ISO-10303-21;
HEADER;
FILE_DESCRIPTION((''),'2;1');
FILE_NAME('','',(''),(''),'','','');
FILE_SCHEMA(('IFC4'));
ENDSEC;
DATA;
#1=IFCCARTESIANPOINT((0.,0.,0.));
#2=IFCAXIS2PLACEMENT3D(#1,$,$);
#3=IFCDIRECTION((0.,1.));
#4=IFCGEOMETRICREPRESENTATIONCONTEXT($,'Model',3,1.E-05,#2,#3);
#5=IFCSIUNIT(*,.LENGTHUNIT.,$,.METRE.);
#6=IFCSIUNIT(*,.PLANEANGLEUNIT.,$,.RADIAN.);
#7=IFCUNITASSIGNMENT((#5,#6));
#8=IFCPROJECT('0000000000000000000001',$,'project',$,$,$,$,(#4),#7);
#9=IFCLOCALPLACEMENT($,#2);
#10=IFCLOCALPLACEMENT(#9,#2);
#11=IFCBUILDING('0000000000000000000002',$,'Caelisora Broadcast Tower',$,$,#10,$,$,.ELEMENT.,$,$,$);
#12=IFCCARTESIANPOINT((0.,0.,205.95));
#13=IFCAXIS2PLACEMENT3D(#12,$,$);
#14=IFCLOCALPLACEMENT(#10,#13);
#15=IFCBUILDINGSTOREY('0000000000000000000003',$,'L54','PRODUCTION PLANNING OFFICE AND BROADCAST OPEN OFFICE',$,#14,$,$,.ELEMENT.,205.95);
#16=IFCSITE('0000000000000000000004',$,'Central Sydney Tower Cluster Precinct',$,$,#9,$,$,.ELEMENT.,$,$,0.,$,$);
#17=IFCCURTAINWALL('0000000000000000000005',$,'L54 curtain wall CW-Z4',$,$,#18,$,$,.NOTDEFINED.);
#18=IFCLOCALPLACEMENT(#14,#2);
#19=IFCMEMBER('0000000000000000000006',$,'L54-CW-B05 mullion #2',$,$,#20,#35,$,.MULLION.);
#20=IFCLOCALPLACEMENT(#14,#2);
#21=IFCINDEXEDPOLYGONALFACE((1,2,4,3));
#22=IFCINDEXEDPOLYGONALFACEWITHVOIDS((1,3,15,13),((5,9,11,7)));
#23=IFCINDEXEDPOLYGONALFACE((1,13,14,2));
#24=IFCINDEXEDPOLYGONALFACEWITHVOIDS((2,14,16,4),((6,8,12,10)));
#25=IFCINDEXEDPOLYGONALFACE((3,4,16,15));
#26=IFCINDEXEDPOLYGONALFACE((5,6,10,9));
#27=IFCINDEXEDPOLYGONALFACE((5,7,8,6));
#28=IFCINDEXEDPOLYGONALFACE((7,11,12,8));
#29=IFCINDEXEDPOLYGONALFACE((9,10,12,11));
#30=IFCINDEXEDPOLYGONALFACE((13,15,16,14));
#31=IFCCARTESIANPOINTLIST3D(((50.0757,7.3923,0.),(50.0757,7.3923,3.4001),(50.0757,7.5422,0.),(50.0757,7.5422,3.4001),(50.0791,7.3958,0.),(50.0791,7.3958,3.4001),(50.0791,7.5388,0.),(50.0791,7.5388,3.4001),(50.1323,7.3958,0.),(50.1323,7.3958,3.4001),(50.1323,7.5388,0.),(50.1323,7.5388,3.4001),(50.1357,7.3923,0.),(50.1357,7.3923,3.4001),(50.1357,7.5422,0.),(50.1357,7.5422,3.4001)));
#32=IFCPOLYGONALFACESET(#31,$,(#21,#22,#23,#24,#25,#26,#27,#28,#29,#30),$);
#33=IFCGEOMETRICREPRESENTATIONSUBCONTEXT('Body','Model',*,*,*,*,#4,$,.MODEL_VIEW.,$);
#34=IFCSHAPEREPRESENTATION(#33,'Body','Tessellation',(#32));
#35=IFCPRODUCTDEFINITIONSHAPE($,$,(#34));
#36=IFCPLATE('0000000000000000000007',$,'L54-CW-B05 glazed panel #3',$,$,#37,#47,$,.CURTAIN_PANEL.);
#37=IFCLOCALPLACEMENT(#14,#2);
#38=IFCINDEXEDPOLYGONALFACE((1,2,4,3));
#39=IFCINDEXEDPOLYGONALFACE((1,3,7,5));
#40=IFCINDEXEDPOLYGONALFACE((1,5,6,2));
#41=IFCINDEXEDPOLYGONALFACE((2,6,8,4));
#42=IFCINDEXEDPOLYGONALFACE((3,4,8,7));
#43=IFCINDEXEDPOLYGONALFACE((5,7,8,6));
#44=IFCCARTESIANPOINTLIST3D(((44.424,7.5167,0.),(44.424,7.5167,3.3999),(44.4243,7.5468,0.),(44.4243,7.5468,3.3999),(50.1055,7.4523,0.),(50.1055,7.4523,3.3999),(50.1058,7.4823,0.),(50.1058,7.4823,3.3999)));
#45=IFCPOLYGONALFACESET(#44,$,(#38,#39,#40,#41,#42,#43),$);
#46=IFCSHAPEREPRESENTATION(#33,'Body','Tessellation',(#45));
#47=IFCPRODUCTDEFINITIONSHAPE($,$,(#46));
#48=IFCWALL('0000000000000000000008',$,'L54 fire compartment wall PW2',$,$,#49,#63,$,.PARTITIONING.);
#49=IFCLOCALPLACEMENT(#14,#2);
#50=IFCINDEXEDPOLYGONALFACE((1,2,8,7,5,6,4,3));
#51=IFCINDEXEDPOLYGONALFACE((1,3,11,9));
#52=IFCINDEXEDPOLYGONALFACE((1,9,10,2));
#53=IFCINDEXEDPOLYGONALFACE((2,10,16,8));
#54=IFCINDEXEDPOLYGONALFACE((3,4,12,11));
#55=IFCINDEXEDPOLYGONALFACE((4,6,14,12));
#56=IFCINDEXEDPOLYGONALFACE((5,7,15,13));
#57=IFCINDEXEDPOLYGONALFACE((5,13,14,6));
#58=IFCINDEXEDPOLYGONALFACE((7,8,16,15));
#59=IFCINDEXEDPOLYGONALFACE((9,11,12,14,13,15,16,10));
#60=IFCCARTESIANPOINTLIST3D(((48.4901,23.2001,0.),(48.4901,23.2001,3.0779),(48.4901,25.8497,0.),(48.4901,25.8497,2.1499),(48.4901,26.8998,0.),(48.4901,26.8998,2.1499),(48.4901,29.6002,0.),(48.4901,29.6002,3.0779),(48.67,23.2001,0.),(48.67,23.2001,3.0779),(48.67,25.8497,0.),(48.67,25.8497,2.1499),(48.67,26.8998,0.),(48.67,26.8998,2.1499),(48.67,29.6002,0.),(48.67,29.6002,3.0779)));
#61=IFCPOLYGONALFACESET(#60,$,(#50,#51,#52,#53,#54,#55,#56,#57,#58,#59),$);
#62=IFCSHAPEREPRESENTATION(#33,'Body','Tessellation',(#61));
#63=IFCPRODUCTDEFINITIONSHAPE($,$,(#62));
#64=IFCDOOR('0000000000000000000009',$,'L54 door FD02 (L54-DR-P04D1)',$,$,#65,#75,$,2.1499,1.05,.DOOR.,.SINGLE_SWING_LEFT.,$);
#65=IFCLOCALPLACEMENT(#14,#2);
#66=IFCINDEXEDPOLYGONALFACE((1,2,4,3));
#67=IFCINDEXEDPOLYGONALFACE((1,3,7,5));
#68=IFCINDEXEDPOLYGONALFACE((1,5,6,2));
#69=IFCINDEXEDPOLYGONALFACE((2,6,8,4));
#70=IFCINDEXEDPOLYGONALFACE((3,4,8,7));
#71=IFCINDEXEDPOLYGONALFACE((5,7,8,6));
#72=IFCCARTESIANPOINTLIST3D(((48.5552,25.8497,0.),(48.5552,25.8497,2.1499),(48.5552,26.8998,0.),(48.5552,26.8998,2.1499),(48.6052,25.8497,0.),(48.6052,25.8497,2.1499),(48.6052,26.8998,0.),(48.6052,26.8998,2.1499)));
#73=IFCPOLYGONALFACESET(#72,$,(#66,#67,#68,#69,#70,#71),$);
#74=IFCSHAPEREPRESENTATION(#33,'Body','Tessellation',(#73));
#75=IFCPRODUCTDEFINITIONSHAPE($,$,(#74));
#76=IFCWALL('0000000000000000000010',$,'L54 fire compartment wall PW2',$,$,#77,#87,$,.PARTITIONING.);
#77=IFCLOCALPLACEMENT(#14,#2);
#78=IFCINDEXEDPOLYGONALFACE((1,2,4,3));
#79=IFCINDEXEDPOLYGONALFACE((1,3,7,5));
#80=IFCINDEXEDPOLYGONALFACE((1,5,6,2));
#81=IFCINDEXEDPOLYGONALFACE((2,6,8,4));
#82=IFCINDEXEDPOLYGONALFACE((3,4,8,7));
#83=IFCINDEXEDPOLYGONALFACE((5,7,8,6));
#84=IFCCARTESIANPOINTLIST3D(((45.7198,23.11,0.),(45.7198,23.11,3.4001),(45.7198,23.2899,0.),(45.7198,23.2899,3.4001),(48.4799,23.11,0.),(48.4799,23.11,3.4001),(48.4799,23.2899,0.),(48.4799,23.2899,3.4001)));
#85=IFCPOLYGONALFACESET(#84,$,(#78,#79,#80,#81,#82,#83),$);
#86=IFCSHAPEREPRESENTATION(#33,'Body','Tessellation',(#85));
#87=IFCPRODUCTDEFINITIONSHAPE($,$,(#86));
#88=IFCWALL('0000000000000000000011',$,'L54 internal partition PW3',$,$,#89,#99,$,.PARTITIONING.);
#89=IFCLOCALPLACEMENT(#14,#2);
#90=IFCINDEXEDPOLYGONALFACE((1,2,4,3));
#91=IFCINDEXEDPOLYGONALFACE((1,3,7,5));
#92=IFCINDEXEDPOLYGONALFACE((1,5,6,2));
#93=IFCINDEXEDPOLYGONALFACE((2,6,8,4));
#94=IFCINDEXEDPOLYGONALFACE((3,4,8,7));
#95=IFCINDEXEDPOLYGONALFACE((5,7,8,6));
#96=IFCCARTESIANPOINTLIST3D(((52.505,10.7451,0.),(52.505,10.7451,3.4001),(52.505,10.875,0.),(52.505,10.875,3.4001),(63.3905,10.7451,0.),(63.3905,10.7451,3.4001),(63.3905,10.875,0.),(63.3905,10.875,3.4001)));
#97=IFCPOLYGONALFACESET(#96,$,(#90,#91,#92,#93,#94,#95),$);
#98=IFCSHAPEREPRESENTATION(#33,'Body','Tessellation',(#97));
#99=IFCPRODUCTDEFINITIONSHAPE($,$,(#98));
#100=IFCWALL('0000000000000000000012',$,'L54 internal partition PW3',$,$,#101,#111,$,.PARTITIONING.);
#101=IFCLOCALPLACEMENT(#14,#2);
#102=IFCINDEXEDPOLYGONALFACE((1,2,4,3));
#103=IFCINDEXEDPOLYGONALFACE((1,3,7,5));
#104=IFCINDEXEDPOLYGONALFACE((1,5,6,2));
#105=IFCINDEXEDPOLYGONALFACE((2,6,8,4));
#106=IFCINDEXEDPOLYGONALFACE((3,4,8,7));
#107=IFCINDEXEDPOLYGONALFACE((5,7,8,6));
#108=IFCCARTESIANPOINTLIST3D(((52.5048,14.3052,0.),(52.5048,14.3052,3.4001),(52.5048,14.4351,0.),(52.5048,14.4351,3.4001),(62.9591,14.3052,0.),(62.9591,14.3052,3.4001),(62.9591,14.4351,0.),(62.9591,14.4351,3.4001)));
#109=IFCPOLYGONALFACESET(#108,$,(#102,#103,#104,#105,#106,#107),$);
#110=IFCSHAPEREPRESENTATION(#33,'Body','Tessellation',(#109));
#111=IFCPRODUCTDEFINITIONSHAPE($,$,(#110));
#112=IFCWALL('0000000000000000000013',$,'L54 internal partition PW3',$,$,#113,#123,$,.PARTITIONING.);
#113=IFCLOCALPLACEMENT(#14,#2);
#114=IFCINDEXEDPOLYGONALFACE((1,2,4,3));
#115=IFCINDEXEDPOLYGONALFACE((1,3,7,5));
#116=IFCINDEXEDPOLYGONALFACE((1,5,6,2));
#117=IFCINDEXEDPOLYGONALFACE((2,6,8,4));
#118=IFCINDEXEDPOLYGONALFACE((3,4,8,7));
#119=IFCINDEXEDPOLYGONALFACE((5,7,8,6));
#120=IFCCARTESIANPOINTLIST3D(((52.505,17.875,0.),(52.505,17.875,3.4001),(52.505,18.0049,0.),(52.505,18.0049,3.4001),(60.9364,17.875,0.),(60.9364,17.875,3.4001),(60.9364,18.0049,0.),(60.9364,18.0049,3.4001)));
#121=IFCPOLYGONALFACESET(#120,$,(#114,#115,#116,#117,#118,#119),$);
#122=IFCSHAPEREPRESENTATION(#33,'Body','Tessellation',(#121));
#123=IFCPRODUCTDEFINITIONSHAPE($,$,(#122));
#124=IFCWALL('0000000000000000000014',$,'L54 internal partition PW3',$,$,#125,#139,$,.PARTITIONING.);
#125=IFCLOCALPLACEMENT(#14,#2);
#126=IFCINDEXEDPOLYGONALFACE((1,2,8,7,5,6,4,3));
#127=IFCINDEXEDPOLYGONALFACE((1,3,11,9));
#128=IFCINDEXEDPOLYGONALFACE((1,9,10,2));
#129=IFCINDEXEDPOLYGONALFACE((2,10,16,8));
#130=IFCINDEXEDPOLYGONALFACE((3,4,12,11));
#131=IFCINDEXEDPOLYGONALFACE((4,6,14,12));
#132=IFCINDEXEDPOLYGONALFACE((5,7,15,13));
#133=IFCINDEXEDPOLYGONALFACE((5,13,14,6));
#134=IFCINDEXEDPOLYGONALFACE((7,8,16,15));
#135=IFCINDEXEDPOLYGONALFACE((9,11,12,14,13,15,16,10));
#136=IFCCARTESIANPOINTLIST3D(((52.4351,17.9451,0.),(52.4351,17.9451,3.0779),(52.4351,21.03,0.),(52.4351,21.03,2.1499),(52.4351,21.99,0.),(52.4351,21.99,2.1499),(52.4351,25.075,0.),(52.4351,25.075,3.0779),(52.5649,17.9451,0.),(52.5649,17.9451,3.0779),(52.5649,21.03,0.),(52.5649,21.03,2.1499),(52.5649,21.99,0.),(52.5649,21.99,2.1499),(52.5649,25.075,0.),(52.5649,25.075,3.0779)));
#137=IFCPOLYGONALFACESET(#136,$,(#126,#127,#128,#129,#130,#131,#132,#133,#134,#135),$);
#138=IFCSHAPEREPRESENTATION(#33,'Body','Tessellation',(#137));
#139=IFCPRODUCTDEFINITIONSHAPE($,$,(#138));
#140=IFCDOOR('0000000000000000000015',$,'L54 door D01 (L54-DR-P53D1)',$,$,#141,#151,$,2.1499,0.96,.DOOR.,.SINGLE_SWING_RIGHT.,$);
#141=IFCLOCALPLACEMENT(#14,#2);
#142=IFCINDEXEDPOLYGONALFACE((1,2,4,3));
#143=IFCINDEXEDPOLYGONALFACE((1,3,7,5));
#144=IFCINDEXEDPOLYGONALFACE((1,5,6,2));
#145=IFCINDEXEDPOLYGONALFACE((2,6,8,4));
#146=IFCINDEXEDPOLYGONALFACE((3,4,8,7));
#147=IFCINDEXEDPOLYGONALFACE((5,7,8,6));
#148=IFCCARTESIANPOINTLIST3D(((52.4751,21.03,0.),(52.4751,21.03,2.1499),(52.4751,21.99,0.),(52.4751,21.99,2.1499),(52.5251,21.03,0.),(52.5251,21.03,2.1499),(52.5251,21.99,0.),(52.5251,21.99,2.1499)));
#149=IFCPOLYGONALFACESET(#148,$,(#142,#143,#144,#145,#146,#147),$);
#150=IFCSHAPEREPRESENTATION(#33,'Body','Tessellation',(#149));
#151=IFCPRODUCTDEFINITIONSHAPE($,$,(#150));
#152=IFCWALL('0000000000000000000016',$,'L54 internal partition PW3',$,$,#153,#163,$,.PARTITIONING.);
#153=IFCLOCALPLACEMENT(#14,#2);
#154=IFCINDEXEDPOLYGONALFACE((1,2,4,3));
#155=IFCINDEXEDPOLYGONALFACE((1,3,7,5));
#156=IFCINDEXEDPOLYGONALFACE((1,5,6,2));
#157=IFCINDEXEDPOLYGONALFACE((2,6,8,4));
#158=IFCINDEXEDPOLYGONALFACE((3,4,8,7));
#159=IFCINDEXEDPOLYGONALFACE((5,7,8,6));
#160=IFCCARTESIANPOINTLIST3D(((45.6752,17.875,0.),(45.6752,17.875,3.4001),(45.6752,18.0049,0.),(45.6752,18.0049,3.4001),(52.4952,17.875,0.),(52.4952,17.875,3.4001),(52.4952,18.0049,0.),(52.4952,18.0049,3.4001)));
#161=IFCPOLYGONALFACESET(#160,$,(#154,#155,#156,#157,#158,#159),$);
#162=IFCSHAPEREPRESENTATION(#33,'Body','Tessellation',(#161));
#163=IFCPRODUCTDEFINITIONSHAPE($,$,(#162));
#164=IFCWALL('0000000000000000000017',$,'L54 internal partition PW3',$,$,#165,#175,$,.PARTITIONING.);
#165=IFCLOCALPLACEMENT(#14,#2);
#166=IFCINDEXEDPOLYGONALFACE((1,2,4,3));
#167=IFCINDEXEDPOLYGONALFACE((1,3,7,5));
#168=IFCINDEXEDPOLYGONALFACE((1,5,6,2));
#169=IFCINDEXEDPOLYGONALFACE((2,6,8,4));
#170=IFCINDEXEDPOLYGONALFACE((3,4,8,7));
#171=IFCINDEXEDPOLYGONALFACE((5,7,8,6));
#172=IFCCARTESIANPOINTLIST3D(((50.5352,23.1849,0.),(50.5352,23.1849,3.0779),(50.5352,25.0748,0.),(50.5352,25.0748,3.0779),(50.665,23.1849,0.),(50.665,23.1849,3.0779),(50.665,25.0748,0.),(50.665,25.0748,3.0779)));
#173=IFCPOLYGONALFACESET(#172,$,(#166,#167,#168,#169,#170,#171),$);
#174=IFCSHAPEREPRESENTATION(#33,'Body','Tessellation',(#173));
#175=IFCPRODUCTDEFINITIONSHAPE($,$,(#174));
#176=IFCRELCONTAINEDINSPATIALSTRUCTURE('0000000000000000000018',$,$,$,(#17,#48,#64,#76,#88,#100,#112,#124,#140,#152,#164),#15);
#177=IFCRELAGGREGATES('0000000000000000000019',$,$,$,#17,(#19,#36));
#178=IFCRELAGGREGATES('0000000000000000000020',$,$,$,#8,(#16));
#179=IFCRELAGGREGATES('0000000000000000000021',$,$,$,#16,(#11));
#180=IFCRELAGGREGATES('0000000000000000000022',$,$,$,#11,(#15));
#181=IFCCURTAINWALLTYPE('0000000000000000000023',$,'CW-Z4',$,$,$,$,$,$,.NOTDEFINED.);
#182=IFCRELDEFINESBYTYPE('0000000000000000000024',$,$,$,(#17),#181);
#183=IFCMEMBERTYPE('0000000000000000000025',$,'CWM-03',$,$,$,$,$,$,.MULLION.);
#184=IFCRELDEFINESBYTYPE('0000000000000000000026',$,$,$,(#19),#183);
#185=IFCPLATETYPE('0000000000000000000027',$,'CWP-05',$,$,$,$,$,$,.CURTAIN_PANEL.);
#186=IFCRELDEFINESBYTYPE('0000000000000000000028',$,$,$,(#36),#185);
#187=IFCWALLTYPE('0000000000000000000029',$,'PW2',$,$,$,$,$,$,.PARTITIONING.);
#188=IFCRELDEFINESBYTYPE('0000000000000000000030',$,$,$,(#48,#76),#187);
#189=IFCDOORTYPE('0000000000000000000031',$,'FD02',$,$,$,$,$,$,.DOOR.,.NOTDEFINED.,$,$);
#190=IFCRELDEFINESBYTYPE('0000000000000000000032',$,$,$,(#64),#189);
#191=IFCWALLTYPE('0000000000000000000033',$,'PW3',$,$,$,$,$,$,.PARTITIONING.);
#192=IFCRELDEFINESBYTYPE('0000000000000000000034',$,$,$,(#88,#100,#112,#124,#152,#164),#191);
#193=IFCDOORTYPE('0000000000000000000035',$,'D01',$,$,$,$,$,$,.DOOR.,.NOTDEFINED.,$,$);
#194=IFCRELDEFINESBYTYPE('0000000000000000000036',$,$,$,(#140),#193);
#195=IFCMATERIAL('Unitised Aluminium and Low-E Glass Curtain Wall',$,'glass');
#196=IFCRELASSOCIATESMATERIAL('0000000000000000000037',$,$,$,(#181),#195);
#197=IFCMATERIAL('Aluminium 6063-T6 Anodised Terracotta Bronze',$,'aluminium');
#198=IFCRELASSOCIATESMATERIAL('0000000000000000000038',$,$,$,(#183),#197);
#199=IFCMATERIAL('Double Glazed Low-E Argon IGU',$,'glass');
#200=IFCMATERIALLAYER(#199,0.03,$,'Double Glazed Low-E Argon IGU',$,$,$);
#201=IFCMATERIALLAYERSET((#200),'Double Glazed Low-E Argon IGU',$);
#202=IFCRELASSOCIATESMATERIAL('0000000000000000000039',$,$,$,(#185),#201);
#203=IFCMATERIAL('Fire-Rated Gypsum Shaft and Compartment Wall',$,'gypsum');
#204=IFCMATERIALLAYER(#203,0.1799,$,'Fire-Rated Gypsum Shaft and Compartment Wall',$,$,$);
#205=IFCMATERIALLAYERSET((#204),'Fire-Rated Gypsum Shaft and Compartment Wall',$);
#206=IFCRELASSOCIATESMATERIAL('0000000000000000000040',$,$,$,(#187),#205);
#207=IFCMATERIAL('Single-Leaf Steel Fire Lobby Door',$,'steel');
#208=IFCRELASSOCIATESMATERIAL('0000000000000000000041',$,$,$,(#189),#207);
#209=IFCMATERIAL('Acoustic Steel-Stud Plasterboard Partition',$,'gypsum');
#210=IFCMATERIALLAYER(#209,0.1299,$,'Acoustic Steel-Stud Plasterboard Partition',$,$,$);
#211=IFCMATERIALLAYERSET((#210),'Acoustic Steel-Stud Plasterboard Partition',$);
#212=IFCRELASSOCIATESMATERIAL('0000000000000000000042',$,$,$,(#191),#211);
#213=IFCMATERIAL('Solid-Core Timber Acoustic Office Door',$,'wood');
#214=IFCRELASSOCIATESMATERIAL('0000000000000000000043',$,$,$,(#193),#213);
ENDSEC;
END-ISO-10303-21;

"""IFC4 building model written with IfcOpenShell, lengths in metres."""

from ifc_helpers import new_model, si_unit, direction, frame, frame_2d, origin, origin_2d, place, context, subcontext, project, spatial, rectangle, hollow_rectangle, extrude, source, transform, mapped, material, layer, layer_set, material_profile, profile_set, type_object, type_shapes, element, fill, aggregate, save


model = new_model("IFC4")

# Units and contexts
model_context = context("Model", 3, precision=1e-05, world=origin(), true_north=direction((0.0, 1.0)))
body_context = subcontext(model_context, "Body", "Model", "MODEL_VIEW")
ifc_project = project(units=[si_unit("LENGTHUNIT", "METRE"), si_unit("PLANEANGLEUNIT", "RADIAN")], contexts=[model_context])

# Site, building, storey
site_placement = place(None, origin())
site = spatial("IfcSite", under=ifc_project, at=site_placement, Name="Central Sydney Tower Cluster Precinct", CompositionType="ELEMENT", RefElevation=0.0)
building_placement = place(site_placement, origin())
building = spatial("IfcBuilding", under=site, at=building_placement, Name="Caelisora Broadcast Tower", CompositionType="ELEMENT")
storey_placement = place(building_placement, frame((0.0, 0.0, 205.95)))
storey = spatial("IfcBuildingStorey", under=building, at=storey_placement, Name="L54", Description="PRODUCTION PLANNING OFFICE AND BROADCAST OPEN OFFICE", CompositionType="ELEMENT", Elevation=205.95)

# Curtain wall, member, plate
ifc_material_1 = material(Name="Unitised Aluminium and Low-E Glass Curtain Wall", Category="glass")
curtain_wall_type = type_object("IfcCurtainWallType", Name="CW-Z4", PredefinedType="NOTDEFINED", material=ifc_material_1)
curtain_wall_placement = place(storey_placement, origin())
curtain_wall = element("IfcCurtainWall", 1, at=curtain_wall_placement, inside=storey, type_object=curtain_wall_type, Name="L54 curtain wall CW-Z4", PredefinedType="NOTDEFINED")
ifc_material_2 = material(Name="Aluminium 6063-T6 Anodised Terracotta Bronze", Category="aluminium")
ifc_material_profile_1 = material_profile(ifc_material_2, hollow_rectangle(XDim=0.0601, YDim=0.1499, WallThickness=0.0034, at=origin_2d()), Name="Aluminium 6063-T6 Anodised Terracotta Bronze")
ifc_profile_set_1 = profile_set([ifc_material_profile_1], Name="Aluminium 6063-T6 Anodised Terracotta Bronze")
member_type = type_object("IfcMemberType", Name="CWM-03", PredefinedType="MULLION", material=ifc_profile_set_1)
shared_shape_1 = source(origin(), body_context, "Body", "SweptSolid", [
    extrude(hollow_rectangle(XDim=0.0601, YDim=0.1499, WallThickness=0.0034, at=origin_2d()), origin(), (0.0, 0.0, 1.0), 3.4001),
])
type_shapes(member_type, [shared_shape_1])
member_placement = place(storey_placement, frame((50.1057, 7.4673, 0.0), z_axis=(0.0, 0.0, 1.0), x_axis=(1.0, 0.0, 0.0)))
member = element("IfcMember", 2, at=member_placement, type_object=member_type, Name="L54-CW-B05 mullion #2", PredefinedType="MULLION", context=body_context, shape_type="MappedRepresentation", body=[
    mapped(shared_shape_1, transform((0.0, 0.0, 0.0), scale=1.0)),
])
ifc_material_3 = material(Name="Double Glazed Low-E Argon IGU", Category="glass")
ifc_layer_1 = layer(ifc_material_3, 0.03, Name="Double Glazed Low-E Argon IGU")
ifc_layer_set_1 = layer_set([ifc_layer_1], Name="Double Glazed Low-E Argon IGU")
plate_type = type_object("IfcPlateType", Name="CWP-05", PredefinedType="CURTAIN_PANEL", material=ifc_layer_set_1)
shared_shape_2 = source(origin(), body_context, "Body", "SweptSolid", [
    extrude(rectangle(XDim=5.6819, YDim=0.03, at=origin_2d()), origin(), (0.0, 0.0, 1.0), 3.3999),
])
type_shapes(plate_type, [shared_shape_2])
plate_placement = place(storey_placement, frame((47.2649, 7.4995, 0.0), z_axis=(0.0, 0.0, 1.0), x_axis=(-0.999936, 0.011344, 0.0)))
plate = element("IfcPlate", 3, at=plate_placement, type_object=plate_type, Name="L54-CW-B05 glazed panel #3", PredefinedType="CURTAIN_PANEL", context=body_context, shape_type="MappedRepresentation", body=[
    mapped(shared_shape_2, transform((0.0, 0.0, 0.0), scale=1.0)),
])
aggregate(curtain_wall, [member, plate])

# Wall, opening, door
ifc_material_4 = material(Name="Fire-Rated Gypsum Shaft and Compartment Wall", Category="gypsum")
ifc_layer_2 = layer(ifc_material_4, 0.1799, Name="Fire-Rated Gypsum Shaft and Compartment Wall")
ifc_layer_set_2 = layer_set([ifc_layer_2], Name="Fire-Rated Gypsum Shaft and Compartment Wall")
wall_type_1 = type_object("IfcWallType", Name="PW2", PredefinedType="PARTITIONING", material=ifc_layer_set_2)
wall_1_placement = place(storey_placement, frame((48.5801, 23.2, 0.0), z_axis=(0.0, 0.0, 1.0), x_axis=(0.0, 1.0, 0.0)))
wall_1 = element("IfcWall", 4, at=wall_1_placement, inside=storey, type_object=wall_type_1, Name="L54 fire compartment wall PW2", PredefinedType="PARTITIONING", context=body_context, shape_type="SweptSolid", body=[
    extrude(rectangle(XDim=6.4001, YDim=0.1799, at=frame_2d((3.2002, 0.0))), origin(), (0.0, 0.0, 1.0), 3.0779),
])
opening_1_placement = place(wall_1_placement, frame((2.6499, 0.0, 0.0)))
opening_1 = element("IfcOpeningElement", 5, at=opening_1_placement, cuts=wall_1, PredefinedType="OPENING", context=body_context, shape_type="SweptSolid", body=[
    extrude(rectangle(XDim=1.05, YDim=2.1499, at=frame_2d((0.5249, 1.075))), frame((0.0, 0.1021, 0.0), z_axis=(0.0, -1.0, 0.0), x_axis=(1.0, 0.0, 0.0)), (0.0, 0.0, 1.0), 0.2039),
])
ifc_material_5 = material(Name="Single-Leaf Steel Fire Lobby Door", Category="steel")
door_type_1 = type_object("IfcDoorType", Name="FD02", OperationType="NOTDEFINED", PredefinedType="DOOR", material=ifc_material_5)
door_1_placement = place(opening_1_placement, origin())
door_1 = element("IfcDoor", 6, at=door_1_placement, inside=storey, type_object=door_type_1, Name="L54 door FD02 (L54-DR-P04D1)", OperationType="SINGLE_SWING_LEFT", OverallHeight=2.1499, OverallWidth=1.05, PredefinedType="DOOR", context=body_context, shape_type="SweptSolid", body=[
    extrude(rectangle(XDim=1.05, YDim=2.1499, at=frame_2d((0.5249, 1.075))), frame((0.0, 0.0249, 0.0), z_axis=(0.0, -1.0, 0.0), x_axis=(1.0, 0.0, 0.0)), (0.0, 0.0, 1.0), 0.05),
])
fill(opening_1, door_1)

# Walls
wall_2_placement = place(storey_placement, frame((45.72, 23.2, 0.0), z_axis=(0.0, 0.0, 1.0), x_axis=(1.0, 0.0, 0.0)))
element("IfcWall", 7, at=wall_2_placement, inside=storey, type_object=wall_type_1, Name="L54 fire compartment wall PW2", PredefinedType="PARTITIONING", context=body_context, shape_type="SweptSolid", body=[
    extrude(rectangle(XDim=2.76, YDim=0.1799, at=frame_2d((1.3799, 0.0))), origin(), (0.0, 0.0, 1.0), 3.4001),
])
ifc_material_6 = material(Name="Acoustic Steel-Stud Plasterboard Partition", Category="gypsum")
ifc_layer_3 = layer(ifc_material_6, 0.1299, Name="Acoustic Steel-Stud Plasterboard Partition")
ifc_layer_set_3 = layer_set([ifc_layer_3], Name="Acoustic Steel-Stud Plasterboard Partition")
wall_type_2 = type_object("IfcWallType", Name="PW3", PredefinedType="PARTITIONING", material=ifc_layer_set_3)
wall_3_placement = place(storey_placement, frame((52.5049, 10.8101, 0.0), z_axis=(0.0, 0.0, 1.0), x_axis=(1.0, 0.0, 0.0)))
element("IfcWall", 8, at=wall_3_placement, inside=storey, type_object=wall_type_2, Name="L54 internal partition PW3", PredefinedType="PARTITIONING", context=body_context, shape_type="SweptSolid", body=[
    extrude(rectangle(XDim=10.8855, YDim=0.1299, at=frame_2d((5.4429, 0.0))), origin(), (0.0, 0.0, 1.0), 3.4001),
])
wall_4_placement = place(storey_placement, frame((52.5049, 14.3701, 0.0), z_axis=(0.0, 0.0, 1.0), x_axis=(1.0, 0.0, 0.0)))
element("IfcWall", 9, at=wall_4_placement, inside=storey, type_object=wall_type_2, Name="L54 internal partition PW3", PredefinedType="PARTITIONING", context=body_context, shape_type="SweptSolid", body=[
    extrude(rectangle(XDim=10.4543, YDim=0.1299, at=frame_2d((5.2271, 0.0))), origin(), (0.0, 0.0, 1.0), 3.4001),
])
wall_5_placement = place(storey_placement, frame((52.5049, 17.9399, 0.0), z_axis=(0.0, 0.0, 1.0), x_axis=(1.0, 0.0, 0.0)))
element("IfcWall", 10, at=wall_5_placement, inside=storey, type_object=wall_type_2, Name="L54 internal partition PW3", PredefinedType="PARTITIONING", context=body_context, shape_type="SweptSolid", body=[
    extrude(rectangle(XDim=8.4314, YDim=0.1299, at=frame_2d((4.2158, 0.0))), origin(), (0.0, 0.0, 1.0), 3.4001),
])

# Wall, opening, door
wall_6_placement = place(storey_placement, frame((52.5, 17.9451, 0.0), z_axis=(0.0, 0.0, 1.0), x_axis=(0.0, 1.0, 0.0)))
wall_6 = element("IfcWall", 11, at=wall_6_placement, inside=storey, type_object=wall_type_2, Name="L54 internal partition PW3", PredefinedType="PARTITIONING", context=body_context, shape_type="SweptSolid", body=[
    extrude(rectangle(XDim=7.1299, YDim=0.1299, at=frame_2d((3.5649, 0.0))), origin(), (0.0, 0.0, 1.0), 3.0779),
])
opening_2_placement = place(wall_6_placement, frame((3.085, 0.0, 0.0)))
opening_2 = element("IfcOpeningElement", 12, at=opening_2_placement, cuts=wall_6, PredefinedType="OPENING", context=body_context, shape_type="SweptSolid", body=[
    extrude(rectangle(XDim=0.96, YDim=2.1499, at=frame_2d((0.48, 1.075))), frame((0.0, 0.0769, 0.0), z_axis=(0.0, -1.0, 0.0), x_axis=(1.0, 0.0, 0.0)), (0.0, 0.0, 1.0), 0.1538),
])
ifc_material_7 = material(Name="Solid-Core Timber Acoustic Office Door", Category="wood")
door_type_2 = type_object("IfcDoorType", Name="D01", OperationType="NOTDEFINED", PredefinedType="DOOR", material=ifc_material_7)
door_2_placement = place(opening_2_placement, origin())
door_2 = element("IfcDoor", 13, at=door_2_placement, inside=storey, type_object=door_type_2, Name="L54 door D01 (L54-DR-P53D1)", OperationType="SINGLE_SWING_RIGHT", OverallHeight=2.1499, OverallWidth=0.96, PredefinedType="DOOR", context=body_context, shape_type="SweptSolid", body=[
    extrude(rectangle(XDim=0.96, YDim=2.1499, at=frame_2d((0.48, 1.075))), frame((0.0, 0.0249, 0.0), z_axis=(0.0, -1.0, 0.0), x_axis=(1.0, 0.0, 0.0)), (0.0, 0.0, 1.0), 0.05),
])
fill(opening_2, door_2)

# Wall
wall_7_placement = place(storey_placement, frame((45.675, 17.9399, 0.0), z_axis=(0.0, 0.0, 1.0), x_axis=(1.0, 0.0, 0.0)))
element("IfcWall", 14, at=wall_7_placement, inside=storey, type_object=wall_type_2, Name="L54 internal partition PW3", PredefinedType="PARTITIONING", context=body_context, shape_type="SweptSolid", body=[
    extrude(rectangle(XDim=6.8201, YDim=0.1299, at=frame_2d((3.4102, 0.0))), origin(), (0.0, 0.0, 1.0), 3.4001),
])

# Wall
wall_8_placement = place(storey_placement, frame((50.6001, 23.1851, 0.0), z_axis=(0.0, 0.0, 1.0), x_axis=(0.0, 1.0, 0.0)))
element("IfcWall", 15, at=wall_8_placement, inside=storey, type_object=wall_type_2, Name="L54 internal partition PW3", PredefinedType="PARTITIONING", context=body_context, shape_type="SweptSolid", body=[
    extrude(rectangle(XDim=1.8899, YDim=0.1299, at=frame_2d((0.9448, 0.0))), origin(), (0.0, 0.0, 1.0), 3.0779),
])

save(model, "model.ifc")
